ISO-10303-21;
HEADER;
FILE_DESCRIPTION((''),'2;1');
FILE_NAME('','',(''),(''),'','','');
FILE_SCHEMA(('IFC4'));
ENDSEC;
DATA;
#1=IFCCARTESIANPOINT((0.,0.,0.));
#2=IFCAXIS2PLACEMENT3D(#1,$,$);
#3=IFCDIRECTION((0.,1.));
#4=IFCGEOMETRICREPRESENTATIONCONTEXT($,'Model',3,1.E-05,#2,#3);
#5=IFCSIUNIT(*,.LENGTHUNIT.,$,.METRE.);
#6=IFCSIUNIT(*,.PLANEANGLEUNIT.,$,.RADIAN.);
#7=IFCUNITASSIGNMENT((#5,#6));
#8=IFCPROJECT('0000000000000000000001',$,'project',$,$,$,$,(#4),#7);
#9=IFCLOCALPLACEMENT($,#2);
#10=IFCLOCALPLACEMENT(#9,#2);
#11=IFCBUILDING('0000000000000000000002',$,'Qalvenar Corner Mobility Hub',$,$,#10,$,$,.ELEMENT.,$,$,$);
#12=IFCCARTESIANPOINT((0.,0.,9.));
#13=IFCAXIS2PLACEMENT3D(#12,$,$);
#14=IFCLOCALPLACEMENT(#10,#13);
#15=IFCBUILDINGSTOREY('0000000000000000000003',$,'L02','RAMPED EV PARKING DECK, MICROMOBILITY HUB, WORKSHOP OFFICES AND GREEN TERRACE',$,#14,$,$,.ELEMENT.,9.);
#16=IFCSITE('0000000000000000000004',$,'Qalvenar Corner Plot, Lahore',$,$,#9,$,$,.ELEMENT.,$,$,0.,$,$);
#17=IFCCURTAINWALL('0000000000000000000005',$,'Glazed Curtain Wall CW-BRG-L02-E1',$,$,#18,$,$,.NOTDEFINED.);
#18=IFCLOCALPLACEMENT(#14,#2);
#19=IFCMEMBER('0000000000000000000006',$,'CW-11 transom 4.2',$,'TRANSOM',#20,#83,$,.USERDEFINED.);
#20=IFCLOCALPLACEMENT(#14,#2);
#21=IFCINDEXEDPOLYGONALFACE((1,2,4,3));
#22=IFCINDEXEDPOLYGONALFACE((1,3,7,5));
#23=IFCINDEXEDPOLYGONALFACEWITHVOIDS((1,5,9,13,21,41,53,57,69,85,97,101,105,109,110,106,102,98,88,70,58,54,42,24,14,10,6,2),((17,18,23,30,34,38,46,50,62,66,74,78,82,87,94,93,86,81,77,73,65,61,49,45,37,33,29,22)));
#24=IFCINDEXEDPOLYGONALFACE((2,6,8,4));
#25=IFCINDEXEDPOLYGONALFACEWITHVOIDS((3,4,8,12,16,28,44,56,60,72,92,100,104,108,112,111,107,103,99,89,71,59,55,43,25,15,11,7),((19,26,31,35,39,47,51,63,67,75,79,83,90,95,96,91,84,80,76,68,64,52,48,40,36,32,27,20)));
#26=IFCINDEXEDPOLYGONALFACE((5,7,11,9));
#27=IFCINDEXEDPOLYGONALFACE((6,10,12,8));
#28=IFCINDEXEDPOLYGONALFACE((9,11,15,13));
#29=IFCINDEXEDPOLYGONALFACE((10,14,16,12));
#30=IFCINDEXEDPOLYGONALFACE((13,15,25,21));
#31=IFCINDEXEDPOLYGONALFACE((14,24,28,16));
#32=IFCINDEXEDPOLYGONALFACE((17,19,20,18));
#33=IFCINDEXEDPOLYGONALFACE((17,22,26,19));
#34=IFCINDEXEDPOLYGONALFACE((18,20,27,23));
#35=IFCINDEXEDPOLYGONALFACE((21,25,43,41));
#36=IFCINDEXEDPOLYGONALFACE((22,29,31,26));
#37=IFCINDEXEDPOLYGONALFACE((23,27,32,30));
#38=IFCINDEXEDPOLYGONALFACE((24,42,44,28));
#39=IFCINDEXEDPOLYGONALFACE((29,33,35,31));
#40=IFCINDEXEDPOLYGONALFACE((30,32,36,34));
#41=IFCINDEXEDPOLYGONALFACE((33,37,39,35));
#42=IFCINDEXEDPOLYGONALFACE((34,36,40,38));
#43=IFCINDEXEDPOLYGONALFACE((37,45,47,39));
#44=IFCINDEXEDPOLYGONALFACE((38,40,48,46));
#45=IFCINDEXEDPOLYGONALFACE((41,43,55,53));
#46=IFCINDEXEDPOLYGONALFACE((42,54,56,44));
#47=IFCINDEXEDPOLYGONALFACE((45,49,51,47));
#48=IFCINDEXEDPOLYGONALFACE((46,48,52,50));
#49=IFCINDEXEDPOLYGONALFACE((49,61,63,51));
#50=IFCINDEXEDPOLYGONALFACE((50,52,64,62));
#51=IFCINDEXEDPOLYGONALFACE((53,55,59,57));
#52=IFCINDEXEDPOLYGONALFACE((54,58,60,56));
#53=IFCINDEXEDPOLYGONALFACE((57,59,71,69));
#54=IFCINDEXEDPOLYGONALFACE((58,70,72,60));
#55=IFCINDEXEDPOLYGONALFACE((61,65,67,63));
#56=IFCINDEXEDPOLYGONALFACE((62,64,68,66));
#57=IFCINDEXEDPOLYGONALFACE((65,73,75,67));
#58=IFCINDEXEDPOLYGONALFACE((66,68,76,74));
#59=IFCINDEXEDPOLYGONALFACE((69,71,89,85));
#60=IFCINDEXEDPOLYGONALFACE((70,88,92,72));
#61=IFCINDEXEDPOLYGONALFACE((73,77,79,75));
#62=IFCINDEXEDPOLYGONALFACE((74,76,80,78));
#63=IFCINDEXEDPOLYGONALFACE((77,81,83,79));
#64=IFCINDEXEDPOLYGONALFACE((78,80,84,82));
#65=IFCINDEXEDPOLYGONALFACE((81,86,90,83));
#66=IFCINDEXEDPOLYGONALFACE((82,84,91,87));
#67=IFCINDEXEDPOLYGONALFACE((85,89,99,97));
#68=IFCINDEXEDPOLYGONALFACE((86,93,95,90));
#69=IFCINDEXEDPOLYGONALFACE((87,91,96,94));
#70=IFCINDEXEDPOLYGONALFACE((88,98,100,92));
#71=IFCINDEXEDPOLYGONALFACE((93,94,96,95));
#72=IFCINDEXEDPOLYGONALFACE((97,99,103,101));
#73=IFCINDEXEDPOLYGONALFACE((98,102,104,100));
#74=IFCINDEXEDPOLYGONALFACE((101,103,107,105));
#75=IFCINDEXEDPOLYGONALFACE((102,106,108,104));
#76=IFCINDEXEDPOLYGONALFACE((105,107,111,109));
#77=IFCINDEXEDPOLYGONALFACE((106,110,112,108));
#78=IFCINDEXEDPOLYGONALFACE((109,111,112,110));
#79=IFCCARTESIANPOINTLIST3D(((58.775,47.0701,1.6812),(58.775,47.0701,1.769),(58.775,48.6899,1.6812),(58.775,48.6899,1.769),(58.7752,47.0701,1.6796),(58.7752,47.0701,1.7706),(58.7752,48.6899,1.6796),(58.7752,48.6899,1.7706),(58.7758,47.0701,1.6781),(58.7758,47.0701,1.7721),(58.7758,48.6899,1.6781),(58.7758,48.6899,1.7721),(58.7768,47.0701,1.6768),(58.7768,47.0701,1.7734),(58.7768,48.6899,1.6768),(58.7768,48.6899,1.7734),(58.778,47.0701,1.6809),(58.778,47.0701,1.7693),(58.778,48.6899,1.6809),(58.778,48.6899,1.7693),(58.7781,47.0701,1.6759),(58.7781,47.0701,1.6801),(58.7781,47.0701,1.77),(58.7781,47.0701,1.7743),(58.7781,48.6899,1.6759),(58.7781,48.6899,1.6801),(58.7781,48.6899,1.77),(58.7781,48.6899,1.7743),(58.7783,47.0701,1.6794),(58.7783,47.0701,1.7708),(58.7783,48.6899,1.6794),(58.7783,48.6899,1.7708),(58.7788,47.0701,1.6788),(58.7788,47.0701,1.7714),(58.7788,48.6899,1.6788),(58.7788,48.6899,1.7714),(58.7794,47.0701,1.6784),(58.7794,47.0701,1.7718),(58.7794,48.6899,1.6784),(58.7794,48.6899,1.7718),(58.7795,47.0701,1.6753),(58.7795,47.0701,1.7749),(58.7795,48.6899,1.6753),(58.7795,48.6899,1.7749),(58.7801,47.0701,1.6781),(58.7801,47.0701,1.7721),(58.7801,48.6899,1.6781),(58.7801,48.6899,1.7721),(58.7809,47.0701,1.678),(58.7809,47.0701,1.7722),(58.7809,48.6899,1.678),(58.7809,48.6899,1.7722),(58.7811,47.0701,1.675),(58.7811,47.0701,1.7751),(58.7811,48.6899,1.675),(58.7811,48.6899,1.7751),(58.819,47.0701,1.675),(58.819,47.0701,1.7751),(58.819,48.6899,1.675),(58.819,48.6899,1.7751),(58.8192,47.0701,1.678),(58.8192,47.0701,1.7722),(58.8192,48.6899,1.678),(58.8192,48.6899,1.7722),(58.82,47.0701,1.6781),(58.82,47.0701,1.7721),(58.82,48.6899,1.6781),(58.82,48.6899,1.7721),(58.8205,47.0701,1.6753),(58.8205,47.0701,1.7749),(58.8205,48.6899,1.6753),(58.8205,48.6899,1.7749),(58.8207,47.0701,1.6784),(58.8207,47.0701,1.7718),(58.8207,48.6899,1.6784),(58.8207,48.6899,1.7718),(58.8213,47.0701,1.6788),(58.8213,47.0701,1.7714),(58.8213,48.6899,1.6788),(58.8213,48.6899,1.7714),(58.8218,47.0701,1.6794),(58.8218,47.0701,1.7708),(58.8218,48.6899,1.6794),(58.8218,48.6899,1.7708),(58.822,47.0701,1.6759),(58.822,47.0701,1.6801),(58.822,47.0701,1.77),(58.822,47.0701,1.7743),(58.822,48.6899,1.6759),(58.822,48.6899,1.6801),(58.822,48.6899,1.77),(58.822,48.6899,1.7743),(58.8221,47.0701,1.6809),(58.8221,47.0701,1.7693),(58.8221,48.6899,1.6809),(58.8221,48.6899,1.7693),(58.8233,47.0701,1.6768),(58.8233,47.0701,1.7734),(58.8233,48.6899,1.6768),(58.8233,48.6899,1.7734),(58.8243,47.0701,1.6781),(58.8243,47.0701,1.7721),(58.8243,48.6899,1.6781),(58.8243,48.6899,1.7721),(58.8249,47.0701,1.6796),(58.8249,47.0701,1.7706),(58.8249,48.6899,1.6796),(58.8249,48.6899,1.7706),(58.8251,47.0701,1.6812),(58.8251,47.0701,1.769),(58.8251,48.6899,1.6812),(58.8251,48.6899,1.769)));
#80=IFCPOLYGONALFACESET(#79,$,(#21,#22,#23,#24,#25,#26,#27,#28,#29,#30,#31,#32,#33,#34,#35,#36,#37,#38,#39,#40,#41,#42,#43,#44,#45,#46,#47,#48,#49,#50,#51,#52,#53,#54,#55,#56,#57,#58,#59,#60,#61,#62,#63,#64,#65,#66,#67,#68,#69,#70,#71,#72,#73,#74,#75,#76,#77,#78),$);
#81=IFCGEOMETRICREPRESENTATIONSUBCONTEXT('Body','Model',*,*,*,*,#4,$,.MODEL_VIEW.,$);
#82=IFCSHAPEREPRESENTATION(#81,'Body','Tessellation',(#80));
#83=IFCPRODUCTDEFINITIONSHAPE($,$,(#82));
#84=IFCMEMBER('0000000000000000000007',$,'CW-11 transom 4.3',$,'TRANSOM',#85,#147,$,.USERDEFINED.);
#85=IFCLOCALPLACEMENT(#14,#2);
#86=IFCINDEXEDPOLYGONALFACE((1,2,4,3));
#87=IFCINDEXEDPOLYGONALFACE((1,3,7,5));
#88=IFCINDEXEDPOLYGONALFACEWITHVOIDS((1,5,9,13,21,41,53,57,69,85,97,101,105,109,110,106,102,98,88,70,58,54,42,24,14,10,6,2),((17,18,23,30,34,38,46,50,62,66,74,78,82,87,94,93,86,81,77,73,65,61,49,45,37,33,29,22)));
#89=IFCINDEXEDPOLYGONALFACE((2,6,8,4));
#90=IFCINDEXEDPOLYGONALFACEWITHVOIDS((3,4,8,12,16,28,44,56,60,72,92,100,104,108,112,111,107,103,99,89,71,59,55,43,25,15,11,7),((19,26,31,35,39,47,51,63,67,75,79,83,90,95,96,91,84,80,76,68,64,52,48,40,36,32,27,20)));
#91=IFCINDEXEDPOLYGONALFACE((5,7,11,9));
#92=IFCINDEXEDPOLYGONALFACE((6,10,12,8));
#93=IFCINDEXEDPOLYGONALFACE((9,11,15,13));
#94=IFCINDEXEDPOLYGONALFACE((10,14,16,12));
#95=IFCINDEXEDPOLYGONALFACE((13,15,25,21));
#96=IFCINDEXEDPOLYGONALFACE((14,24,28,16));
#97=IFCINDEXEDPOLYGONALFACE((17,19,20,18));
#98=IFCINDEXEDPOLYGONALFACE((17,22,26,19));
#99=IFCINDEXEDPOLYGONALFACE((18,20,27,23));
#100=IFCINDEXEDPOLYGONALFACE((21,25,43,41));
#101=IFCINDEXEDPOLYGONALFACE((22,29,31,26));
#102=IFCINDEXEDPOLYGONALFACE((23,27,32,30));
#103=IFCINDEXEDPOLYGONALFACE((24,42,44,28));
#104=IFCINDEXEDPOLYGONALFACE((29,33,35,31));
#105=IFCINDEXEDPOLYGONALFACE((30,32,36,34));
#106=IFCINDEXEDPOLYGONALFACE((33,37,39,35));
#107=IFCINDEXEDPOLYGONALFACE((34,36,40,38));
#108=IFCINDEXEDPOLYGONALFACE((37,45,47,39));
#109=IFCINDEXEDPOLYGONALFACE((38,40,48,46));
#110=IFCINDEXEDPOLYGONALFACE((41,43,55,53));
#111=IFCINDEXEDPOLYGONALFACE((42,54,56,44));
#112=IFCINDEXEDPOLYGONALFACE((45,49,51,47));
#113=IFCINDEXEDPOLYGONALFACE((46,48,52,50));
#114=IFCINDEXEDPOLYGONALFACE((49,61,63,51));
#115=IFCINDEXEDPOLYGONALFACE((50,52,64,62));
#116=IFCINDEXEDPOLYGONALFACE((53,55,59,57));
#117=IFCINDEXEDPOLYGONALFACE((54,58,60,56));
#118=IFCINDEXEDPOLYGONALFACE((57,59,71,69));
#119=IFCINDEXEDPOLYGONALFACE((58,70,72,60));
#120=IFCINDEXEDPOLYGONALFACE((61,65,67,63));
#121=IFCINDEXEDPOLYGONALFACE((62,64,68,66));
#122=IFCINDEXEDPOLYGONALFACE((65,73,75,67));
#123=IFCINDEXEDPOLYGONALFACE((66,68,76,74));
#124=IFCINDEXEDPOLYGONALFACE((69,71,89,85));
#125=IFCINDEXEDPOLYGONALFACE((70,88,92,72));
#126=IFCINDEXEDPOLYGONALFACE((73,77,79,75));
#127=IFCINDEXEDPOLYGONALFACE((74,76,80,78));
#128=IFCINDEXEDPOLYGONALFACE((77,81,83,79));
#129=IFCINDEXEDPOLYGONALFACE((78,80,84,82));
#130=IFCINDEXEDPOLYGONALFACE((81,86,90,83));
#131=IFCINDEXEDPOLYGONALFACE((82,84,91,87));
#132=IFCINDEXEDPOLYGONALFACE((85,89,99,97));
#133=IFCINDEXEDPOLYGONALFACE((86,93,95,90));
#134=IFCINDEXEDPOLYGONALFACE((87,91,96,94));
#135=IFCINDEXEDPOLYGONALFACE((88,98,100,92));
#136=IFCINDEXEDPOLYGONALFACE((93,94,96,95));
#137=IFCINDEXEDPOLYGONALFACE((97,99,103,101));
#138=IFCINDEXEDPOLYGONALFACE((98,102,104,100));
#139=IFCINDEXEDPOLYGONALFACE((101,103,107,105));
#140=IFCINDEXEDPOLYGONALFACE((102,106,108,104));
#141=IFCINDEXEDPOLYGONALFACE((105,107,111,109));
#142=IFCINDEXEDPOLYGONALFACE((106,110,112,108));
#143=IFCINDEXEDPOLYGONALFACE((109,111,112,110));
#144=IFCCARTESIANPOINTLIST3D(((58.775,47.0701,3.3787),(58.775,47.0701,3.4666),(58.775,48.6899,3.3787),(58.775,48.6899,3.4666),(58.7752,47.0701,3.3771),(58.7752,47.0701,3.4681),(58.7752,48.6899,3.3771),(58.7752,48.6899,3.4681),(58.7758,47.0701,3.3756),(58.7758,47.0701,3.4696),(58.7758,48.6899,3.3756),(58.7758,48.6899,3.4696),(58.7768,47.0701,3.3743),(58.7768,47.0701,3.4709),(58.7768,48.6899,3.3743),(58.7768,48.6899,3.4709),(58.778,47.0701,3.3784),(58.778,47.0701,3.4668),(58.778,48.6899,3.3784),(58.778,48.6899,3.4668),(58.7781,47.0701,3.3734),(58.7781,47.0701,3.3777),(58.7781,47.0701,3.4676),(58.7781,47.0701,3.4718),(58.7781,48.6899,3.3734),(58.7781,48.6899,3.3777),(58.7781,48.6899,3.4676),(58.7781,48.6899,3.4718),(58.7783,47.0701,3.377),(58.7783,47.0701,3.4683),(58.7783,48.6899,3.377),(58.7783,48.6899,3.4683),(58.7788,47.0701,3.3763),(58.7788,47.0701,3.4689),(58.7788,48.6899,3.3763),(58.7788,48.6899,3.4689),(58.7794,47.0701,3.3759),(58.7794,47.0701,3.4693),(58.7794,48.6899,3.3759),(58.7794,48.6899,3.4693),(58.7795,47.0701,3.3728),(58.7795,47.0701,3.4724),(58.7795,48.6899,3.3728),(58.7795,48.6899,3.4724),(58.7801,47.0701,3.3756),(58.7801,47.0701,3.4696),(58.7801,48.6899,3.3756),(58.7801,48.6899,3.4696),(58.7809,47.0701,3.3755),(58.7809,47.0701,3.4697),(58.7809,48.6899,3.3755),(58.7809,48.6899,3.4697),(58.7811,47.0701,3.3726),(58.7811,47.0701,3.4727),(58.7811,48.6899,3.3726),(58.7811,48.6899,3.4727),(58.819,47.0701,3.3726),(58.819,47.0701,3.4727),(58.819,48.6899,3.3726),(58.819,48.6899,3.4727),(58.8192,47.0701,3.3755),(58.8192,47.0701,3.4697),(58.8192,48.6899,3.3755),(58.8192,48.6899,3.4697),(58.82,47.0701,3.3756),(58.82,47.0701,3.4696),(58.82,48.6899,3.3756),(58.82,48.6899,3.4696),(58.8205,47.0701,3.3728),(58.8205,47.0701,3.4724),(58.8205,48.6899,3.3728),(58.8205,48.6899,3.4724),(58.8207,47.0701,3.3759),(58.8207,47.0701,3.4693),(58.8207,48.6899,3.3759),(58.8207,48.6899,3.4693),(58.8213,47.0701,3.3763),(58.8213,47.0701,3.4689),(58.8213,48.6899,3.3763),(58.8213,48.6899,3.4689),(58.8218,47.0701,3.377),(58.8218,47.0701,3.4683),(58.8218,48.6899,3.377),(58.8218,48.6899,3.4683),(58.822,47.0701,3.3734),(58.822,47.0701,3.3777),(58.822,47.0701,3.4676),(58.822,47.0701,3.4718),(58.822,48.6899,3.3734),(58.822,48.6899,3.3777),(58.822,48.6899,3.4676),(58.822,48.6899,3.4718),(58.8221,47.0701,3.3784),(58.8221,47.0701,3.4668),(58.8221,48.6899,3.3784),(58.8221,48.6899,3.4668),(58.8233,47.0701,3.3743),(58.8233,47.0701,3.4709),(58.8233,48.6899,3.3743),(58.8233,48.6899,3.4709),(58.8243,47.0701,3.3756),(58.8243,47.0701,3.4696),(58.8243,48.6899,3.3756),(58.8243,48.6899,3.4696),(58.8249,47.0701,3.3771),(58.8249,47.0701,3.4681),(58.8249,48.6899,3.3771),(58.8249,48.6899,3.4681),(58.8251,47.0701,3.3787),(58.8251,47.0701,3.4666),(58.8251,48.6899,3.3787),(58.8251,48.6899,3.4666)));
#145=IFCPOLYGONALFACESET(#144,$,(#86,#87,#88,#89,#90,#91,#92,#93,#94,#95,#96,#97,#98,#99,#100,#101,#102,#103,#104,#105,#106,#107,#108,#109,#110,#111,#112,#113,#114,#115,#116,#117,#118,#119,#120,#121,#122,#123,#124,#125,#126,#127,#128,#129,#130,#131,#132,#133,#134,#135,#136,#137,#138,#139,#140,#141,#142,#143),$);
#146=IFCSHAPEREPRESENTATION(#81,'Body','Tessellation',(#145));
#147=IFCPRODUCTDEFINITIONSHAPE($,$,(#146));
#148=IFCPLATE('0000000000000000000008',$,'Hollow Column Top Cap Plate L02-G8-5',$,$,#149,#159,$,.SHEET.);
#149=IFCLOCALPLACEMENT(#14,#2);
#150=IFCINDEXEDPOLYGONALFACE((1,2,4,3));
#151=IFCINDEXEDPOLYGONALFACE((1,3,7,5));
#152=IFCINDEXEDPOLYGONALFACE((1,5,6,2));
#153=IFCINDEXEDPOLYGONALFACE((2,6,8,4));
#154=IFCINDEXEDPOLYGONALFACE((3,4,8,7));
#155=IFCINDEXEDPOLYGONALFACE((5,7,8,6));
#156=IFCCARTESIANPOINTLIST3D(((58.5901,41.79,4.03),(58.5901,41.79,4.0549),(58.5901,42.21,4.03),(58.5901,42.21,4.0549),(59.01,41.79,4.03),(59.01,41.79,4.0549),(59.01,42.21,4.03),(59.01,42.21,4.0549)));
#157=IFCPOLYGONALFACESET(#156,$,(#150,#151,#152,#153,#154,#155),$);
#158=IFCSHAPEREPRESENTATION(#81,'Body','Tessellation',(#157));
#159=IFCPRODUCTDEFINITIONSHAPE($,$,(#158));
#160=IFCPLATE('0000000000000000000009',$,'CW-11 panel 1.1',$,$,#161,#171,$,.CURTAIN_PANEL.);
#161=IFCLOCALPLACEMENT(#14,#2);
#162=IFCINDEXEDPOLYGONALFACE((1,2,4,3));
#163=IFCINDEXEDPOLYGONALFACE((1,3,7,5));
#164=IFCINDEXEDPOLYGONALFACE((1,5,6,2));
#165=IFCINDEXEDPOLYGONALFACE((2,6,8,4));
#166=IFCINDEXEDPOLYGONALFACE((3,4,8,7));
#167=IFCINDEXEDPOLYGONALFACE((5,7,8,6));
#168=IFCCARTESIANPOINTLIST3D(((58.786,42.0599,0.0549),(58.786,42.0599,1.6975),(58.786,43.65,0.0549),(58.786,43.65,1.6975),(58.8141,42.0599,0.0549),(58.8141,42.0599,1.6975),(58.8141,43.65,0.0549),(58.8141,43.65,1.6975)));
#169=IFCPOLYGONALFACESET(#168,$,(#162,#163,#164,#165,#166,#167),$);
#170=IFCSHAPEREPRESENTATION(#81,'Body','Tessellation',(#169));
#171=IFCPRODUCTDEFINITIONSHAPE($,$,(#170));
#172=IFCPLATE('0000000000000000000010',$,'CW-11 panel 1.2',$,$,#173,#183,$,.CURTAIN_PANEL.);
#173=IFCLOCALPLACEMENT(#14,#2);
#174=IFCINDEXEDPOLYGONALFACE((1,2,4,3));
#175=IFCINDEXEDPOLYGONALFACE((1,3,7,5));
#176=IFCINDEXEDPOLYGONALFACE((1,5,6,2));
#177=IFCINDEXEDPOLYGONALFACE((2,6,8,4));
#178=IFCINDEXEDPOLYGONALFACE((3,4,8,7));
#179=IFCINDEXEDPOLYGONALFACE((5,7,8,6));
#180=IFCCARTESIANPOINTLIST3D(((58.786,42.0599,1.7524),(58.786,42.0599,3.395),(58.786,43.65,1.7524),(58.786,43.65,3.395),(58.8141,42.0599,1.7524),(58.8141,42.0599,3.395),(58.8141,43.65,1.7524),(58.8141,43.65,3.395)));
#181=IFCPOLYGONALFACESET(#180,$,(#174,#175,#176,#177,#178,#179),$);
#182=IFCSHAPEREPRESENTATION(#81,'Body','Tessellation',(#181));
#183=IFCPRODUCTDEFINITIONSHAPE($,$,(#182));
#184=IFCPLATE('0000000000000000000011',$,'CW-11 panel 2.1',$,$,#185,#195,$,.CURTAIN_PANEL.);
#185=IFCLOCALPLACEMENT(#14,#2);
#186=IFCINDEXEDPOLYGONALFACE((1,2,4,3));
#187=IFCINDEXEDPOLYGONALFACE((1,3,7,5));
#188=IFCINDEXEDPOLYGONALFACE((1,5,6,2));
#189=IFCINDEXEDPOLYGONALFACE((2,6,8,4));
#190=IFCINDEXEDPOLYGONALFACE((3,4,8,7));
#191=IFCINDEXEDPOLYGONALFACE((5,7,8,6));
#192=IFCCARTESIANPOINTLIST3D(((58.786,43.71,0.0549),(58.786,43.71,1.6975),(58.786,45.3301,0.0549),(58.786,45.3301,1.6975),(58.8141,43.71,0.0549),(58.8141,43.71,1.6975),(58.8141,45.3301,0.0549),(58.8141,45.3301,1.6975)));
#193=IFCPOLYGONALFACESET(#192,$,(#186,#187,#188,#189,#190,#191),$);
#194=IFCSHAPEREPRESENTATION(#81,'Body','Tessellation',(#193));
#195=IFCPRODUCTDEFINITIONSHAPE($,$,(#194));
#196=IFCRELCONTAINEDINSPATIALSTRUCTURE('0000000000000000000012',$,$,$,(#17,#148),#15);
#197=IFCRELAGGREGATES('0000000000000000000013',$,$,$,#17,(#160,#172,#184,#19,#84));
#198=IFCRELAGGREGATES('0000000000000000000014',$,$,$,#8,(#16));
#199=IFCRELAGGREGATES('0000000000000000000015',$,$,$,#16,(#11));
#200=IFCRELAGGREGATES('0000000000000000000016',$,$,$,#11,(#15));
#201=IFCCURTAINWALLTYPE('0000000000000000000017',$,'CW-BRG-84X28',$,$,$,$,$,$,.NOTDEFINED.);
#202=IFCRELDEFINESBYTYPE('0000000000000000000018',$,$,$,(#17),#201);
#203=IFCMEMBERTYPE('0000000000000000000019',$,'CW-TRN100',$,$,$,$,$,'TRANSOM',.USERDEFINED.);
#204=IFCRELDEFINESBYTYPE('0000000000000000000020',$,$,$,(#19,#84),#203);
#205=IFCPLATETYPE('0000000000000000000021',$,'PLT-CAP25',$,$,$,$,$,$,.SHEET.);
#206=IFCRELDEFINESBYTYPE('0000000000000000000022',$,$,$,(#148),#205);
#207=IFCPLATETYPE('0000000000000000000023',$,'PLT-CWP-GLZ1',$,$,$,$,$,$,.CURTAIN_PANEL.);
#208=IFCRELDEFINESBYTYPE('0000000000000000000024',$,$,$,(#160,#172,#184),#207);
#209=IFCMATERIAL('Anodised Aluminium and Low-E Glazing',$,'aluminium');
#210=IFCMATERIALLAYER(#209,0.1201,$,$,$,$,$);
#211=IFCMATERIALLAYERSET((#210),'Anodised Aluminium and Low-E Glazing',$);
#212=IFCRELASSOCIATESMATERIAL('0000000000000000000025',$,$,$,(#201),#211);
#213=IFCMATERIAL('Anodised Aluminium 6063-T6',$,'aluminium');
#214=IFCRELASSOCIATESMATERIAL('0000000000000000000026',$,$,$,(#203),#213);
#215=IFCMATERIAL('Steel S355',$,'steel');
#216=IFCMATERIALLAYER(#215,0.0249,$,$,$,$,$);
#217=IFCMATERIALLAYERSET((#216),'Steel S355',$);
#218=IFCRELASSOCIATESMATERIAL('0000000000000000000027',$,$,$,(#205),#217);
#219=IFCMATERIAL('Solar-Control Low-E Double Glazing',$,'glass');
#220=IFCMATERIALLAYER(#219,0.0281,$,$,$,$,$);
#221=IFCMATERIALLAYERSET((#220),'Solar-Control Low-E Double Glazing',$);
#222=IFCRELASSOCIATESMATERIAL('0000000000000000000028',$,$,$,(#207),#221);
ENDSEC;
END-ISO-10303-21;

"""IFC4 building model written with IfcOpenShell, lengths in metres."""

from ifc_helpers import new_model, si_unit, direction, frame, origin, origin_2d, place, context, subcontext, project, spatial, rectangle, hollow_rectangle, extrude, material, layer, layer_set, material_profile, profile_set, type_object, element, aggregate, save


model = new_model("IFC4")

# Units and contexts
model_context = context("Model", 3, precision=1e-05, world=origin(), true_north=direction((0.0, 1.0)))
body_context = subcontext(model_context, "Body", "Model", "MODEL_VIEW")
ifc_project = project(units=[si_unit("LENGTHUNIT", "METRE"), si_unit("PLANEANGLEUNIT", "RADIAN")], contexts=[model_context])

# Site, building, storey
site_placement = place(None, origin())
site = spatial("IfcSite", under=ifc_project, at=site_placement, Name="Qalvenar Corner Plot, Lahore", CompositionType="ELEMENT", RefElevation=0.0)
building_placement = place(site_placement, origin())
building = spatial("IfcBuilding", under=site, at=building_placement, Name="Qalvenar Corner Mobility Hub", CompositionType="ELEMENT")
storey_placement = place(building_placement, frame((0.0, 0.0, 9.0)))
storey = spatial("IfcBuildingStorey", under=building, at=storey_placement, Name="L02", Description="RAMPED EV PARKING DECK, MICROMOBILITY HUB, WORKSHOP OFFICES AND GREEN TERRACE", CompositionType="ELEMENT", Elevation=9.0)

# Curtain wall, members
ifc_material_1 = material(Name="Anodised Aluminium and Low-E Glazing", Category="aluminium")
ifc_layer_1 = layer(ifc_material_1, 0.1201)
ifc_layer_set_1 = layer_set([ifc_layer_1], Name="Anodised Aluminium and Low-E Glazing")
curtain_wall_type = type_object("IfcCurtainWallType", Name="CW-BRG-84X28", PredefinedType="NOTDEFINED", material=ifc_layer_set_1)
curtain_wall_placement = place(storey_placement, origin())
curtain_wall = element("IfcCurtainWall", 1, at=curtain_wall_placement, inside=storey, type_object=curtain_wall_type, Name="Glazed Curtain Wall CW-BRG-L02-E1", PredefinedType="NOTDEFINED")
ifc_material_2 = material(Name="Anodised Aluminium 6063-T6", Category="aluminium")
ifc_material_profile_1 = material_profile(ifc_material_2, hollow_rectangle(XDim=0.05, YDim=0.1001, WallThickness=0.0029, InnerFilletRadius=0.0029, OuterFilletRadius=0.0061, at=origin_2d()), Name="RHS100x50x3")
ifc_profile_set_1 = profile_set([ifc_material_profile_1], Name="Anodised Aluminium 6063-T6")
member_type_1 = type_object("IfcMemberType", Name="CW-TRN100", ElementType="TRANSOM", PredefinedType="USERDEFINED", material=ifc_profile_set_1)
member_1_placement = place(storey_placement, frame((58.8, 47.0701, 1.7251), z_axis=(0.0, 1.0, 0.0), x_axis=(-1.0, 0.0, 0.0)))
member_1 = element("IfcMember", 2, at=member_1_placement, type_object=member_type_1, Name="CW-11 transom 4.2", ObjectType="TRANSOM", PredefinedType="USERDEFINED", context=body_context, shape_type="SweptSolid", body=[
    extrude(hollow_rectangle(XDim=0.05, YDim=0.1001, WallThickness=0.0029, InnerFilletRadius=0.0029, OuterFilletRadius=0.0061, at=origin_2d()), origin(), (0.0, 0.0, 1.0), 1.6199),
])
member_2_placement = place(storey_placement, frame((58.8, 47.0701, 3.4226), z_axis=(0.0, 1.0, 0.0), x_axis=(-1.0, 0.0, 0.0)))
member_2 = element("IfcMember", 3, at=member_2_placement, type_object=member_type_1, Name="CW-11 transom 4.3", ObjectType="TRANSOM", PredefinedType="USERDEFINED", context=body_context, shape_type="SweptSolid", body=[
    extrude(hollow_rectangle(XDim=0.05, YDim=0.1001, WallThickness=0.0029, InnerFilletRadius=0.0029, OuterFilletRadius=0.0061, at=origin_2d()), origin(), (0.0, 0.0, 1.0), 1.6199),
])

# Plates
ifc_material_3 = material(Name="Steel S355", Category="steel")
ifc_layer_2 = layer(ifc_material_3, 0.0249)
ifc_layer_set_2 = layer_set([ifc_layer_2], Name="Steel S355")
plate_type_1 = type_object("IfcPlateType", Name="PLT-CAP25", PredefinedType="SHEET", material=ifc_layer_set_2)
plate_1_placement = place(storey_placement, frame((58.8, 42.0, 4.03), z_axis=(0.0, 0.0, 1.0), x_axis=(1.0, 0.0, 0.0)))
element("IfcPlate", 4, at=plate_1_placement, inside=storey, type_object=plate_type_1, Name="Hollow Column Top Cap Plate L02-G8-5", PredefinedType="SHEET", context=body_context, shape_type="SweptSolid", body=[
    extrude(rectangle(XDim=0.4199, YDim=0.4199, at=origin_2d()), origin(), (0.0, 0.0, 1.0), 0.0249),
])
ifc_material_4 = material(Name="Solar-Control Low-E Double Glazing", Category="glass")
ifc_layer_3 = layer(ifc_material_4, 0.0281)
ifc_layer_set_3 = layer_set([ifc_layer_3], Name="Solar-Control Low-E Double Glazing")
plate_type_2 = type_object("IfcPlateType", Name="PLT-CWP-GLZ1", PredefinedType="CURTAIN_PANEL", material=ifc_layer_set_3)
plate_2_placement = place(storey_placement, frame((58.8, 42.855, 0.0549), z_axis=(0.0, 0.0, 1.0), x_axis=(0.0, 1.0, 0.0)))
plate_2 = element("IfcPlate", 5, at=plate_2_placement, type_object=plate_type_2, Name="CW-11 panel 1.1", PredefinedType="CURTAIN_PANEL", context=body_context, shape_type="SweptSolid", body=[
    extrude(rectangle(XDim=1.5901, YDim=0.0281, at=origin_2d()), origin(), (0.0, 0.0, 1.0), 1.6426),
])
plate_3_placement = place(storey_placement, frame((58.8, 42.855, 1.7524), z_axis=(0.0, 0.0, 1.0), x_axis=(0.0, 1.0, 0.0)))
plate_3 = element("IfcPlate", 6, at=plate_3_placement, type_object=plate_type_2, Name="CW-11 panel 1.2", PredefinedType="CURTAIN_PANEL", context=body_context, shape_type="SweptSolid", body=[
    extrude(rectangle(XDim=1.5901, YDim=0.0281, at=origin_2d()), origin(), (0.0, 0.0, 1.0), 1.6426),
])
plate_4_placement = place(storey_placement, frame((58.8, 44.52, 0.0549), z_axis=(0.0, 0.0, 1.0), x_axis=(0.0, 1.0, 0.0)))
plate_4 = element("IfcPlate", 7, at=plate_4_placement, type_object=plate_type_2, Name="CW-11 panel 2.1", PredefinedType="CURTAIN_PANEL", context=body_context, shape_type="SweptSolid", body=[
    extrude(rectangle(XDim=1.6201, YDim=0.0281, at=origin_2d()), origin(), (0.0, 0.0, 1.0), 1.6426),
])
aggregate(curtain_wall, [plate_2, plate_3, plate_4, member_1, member_2])

save(model, "model.ifc")
